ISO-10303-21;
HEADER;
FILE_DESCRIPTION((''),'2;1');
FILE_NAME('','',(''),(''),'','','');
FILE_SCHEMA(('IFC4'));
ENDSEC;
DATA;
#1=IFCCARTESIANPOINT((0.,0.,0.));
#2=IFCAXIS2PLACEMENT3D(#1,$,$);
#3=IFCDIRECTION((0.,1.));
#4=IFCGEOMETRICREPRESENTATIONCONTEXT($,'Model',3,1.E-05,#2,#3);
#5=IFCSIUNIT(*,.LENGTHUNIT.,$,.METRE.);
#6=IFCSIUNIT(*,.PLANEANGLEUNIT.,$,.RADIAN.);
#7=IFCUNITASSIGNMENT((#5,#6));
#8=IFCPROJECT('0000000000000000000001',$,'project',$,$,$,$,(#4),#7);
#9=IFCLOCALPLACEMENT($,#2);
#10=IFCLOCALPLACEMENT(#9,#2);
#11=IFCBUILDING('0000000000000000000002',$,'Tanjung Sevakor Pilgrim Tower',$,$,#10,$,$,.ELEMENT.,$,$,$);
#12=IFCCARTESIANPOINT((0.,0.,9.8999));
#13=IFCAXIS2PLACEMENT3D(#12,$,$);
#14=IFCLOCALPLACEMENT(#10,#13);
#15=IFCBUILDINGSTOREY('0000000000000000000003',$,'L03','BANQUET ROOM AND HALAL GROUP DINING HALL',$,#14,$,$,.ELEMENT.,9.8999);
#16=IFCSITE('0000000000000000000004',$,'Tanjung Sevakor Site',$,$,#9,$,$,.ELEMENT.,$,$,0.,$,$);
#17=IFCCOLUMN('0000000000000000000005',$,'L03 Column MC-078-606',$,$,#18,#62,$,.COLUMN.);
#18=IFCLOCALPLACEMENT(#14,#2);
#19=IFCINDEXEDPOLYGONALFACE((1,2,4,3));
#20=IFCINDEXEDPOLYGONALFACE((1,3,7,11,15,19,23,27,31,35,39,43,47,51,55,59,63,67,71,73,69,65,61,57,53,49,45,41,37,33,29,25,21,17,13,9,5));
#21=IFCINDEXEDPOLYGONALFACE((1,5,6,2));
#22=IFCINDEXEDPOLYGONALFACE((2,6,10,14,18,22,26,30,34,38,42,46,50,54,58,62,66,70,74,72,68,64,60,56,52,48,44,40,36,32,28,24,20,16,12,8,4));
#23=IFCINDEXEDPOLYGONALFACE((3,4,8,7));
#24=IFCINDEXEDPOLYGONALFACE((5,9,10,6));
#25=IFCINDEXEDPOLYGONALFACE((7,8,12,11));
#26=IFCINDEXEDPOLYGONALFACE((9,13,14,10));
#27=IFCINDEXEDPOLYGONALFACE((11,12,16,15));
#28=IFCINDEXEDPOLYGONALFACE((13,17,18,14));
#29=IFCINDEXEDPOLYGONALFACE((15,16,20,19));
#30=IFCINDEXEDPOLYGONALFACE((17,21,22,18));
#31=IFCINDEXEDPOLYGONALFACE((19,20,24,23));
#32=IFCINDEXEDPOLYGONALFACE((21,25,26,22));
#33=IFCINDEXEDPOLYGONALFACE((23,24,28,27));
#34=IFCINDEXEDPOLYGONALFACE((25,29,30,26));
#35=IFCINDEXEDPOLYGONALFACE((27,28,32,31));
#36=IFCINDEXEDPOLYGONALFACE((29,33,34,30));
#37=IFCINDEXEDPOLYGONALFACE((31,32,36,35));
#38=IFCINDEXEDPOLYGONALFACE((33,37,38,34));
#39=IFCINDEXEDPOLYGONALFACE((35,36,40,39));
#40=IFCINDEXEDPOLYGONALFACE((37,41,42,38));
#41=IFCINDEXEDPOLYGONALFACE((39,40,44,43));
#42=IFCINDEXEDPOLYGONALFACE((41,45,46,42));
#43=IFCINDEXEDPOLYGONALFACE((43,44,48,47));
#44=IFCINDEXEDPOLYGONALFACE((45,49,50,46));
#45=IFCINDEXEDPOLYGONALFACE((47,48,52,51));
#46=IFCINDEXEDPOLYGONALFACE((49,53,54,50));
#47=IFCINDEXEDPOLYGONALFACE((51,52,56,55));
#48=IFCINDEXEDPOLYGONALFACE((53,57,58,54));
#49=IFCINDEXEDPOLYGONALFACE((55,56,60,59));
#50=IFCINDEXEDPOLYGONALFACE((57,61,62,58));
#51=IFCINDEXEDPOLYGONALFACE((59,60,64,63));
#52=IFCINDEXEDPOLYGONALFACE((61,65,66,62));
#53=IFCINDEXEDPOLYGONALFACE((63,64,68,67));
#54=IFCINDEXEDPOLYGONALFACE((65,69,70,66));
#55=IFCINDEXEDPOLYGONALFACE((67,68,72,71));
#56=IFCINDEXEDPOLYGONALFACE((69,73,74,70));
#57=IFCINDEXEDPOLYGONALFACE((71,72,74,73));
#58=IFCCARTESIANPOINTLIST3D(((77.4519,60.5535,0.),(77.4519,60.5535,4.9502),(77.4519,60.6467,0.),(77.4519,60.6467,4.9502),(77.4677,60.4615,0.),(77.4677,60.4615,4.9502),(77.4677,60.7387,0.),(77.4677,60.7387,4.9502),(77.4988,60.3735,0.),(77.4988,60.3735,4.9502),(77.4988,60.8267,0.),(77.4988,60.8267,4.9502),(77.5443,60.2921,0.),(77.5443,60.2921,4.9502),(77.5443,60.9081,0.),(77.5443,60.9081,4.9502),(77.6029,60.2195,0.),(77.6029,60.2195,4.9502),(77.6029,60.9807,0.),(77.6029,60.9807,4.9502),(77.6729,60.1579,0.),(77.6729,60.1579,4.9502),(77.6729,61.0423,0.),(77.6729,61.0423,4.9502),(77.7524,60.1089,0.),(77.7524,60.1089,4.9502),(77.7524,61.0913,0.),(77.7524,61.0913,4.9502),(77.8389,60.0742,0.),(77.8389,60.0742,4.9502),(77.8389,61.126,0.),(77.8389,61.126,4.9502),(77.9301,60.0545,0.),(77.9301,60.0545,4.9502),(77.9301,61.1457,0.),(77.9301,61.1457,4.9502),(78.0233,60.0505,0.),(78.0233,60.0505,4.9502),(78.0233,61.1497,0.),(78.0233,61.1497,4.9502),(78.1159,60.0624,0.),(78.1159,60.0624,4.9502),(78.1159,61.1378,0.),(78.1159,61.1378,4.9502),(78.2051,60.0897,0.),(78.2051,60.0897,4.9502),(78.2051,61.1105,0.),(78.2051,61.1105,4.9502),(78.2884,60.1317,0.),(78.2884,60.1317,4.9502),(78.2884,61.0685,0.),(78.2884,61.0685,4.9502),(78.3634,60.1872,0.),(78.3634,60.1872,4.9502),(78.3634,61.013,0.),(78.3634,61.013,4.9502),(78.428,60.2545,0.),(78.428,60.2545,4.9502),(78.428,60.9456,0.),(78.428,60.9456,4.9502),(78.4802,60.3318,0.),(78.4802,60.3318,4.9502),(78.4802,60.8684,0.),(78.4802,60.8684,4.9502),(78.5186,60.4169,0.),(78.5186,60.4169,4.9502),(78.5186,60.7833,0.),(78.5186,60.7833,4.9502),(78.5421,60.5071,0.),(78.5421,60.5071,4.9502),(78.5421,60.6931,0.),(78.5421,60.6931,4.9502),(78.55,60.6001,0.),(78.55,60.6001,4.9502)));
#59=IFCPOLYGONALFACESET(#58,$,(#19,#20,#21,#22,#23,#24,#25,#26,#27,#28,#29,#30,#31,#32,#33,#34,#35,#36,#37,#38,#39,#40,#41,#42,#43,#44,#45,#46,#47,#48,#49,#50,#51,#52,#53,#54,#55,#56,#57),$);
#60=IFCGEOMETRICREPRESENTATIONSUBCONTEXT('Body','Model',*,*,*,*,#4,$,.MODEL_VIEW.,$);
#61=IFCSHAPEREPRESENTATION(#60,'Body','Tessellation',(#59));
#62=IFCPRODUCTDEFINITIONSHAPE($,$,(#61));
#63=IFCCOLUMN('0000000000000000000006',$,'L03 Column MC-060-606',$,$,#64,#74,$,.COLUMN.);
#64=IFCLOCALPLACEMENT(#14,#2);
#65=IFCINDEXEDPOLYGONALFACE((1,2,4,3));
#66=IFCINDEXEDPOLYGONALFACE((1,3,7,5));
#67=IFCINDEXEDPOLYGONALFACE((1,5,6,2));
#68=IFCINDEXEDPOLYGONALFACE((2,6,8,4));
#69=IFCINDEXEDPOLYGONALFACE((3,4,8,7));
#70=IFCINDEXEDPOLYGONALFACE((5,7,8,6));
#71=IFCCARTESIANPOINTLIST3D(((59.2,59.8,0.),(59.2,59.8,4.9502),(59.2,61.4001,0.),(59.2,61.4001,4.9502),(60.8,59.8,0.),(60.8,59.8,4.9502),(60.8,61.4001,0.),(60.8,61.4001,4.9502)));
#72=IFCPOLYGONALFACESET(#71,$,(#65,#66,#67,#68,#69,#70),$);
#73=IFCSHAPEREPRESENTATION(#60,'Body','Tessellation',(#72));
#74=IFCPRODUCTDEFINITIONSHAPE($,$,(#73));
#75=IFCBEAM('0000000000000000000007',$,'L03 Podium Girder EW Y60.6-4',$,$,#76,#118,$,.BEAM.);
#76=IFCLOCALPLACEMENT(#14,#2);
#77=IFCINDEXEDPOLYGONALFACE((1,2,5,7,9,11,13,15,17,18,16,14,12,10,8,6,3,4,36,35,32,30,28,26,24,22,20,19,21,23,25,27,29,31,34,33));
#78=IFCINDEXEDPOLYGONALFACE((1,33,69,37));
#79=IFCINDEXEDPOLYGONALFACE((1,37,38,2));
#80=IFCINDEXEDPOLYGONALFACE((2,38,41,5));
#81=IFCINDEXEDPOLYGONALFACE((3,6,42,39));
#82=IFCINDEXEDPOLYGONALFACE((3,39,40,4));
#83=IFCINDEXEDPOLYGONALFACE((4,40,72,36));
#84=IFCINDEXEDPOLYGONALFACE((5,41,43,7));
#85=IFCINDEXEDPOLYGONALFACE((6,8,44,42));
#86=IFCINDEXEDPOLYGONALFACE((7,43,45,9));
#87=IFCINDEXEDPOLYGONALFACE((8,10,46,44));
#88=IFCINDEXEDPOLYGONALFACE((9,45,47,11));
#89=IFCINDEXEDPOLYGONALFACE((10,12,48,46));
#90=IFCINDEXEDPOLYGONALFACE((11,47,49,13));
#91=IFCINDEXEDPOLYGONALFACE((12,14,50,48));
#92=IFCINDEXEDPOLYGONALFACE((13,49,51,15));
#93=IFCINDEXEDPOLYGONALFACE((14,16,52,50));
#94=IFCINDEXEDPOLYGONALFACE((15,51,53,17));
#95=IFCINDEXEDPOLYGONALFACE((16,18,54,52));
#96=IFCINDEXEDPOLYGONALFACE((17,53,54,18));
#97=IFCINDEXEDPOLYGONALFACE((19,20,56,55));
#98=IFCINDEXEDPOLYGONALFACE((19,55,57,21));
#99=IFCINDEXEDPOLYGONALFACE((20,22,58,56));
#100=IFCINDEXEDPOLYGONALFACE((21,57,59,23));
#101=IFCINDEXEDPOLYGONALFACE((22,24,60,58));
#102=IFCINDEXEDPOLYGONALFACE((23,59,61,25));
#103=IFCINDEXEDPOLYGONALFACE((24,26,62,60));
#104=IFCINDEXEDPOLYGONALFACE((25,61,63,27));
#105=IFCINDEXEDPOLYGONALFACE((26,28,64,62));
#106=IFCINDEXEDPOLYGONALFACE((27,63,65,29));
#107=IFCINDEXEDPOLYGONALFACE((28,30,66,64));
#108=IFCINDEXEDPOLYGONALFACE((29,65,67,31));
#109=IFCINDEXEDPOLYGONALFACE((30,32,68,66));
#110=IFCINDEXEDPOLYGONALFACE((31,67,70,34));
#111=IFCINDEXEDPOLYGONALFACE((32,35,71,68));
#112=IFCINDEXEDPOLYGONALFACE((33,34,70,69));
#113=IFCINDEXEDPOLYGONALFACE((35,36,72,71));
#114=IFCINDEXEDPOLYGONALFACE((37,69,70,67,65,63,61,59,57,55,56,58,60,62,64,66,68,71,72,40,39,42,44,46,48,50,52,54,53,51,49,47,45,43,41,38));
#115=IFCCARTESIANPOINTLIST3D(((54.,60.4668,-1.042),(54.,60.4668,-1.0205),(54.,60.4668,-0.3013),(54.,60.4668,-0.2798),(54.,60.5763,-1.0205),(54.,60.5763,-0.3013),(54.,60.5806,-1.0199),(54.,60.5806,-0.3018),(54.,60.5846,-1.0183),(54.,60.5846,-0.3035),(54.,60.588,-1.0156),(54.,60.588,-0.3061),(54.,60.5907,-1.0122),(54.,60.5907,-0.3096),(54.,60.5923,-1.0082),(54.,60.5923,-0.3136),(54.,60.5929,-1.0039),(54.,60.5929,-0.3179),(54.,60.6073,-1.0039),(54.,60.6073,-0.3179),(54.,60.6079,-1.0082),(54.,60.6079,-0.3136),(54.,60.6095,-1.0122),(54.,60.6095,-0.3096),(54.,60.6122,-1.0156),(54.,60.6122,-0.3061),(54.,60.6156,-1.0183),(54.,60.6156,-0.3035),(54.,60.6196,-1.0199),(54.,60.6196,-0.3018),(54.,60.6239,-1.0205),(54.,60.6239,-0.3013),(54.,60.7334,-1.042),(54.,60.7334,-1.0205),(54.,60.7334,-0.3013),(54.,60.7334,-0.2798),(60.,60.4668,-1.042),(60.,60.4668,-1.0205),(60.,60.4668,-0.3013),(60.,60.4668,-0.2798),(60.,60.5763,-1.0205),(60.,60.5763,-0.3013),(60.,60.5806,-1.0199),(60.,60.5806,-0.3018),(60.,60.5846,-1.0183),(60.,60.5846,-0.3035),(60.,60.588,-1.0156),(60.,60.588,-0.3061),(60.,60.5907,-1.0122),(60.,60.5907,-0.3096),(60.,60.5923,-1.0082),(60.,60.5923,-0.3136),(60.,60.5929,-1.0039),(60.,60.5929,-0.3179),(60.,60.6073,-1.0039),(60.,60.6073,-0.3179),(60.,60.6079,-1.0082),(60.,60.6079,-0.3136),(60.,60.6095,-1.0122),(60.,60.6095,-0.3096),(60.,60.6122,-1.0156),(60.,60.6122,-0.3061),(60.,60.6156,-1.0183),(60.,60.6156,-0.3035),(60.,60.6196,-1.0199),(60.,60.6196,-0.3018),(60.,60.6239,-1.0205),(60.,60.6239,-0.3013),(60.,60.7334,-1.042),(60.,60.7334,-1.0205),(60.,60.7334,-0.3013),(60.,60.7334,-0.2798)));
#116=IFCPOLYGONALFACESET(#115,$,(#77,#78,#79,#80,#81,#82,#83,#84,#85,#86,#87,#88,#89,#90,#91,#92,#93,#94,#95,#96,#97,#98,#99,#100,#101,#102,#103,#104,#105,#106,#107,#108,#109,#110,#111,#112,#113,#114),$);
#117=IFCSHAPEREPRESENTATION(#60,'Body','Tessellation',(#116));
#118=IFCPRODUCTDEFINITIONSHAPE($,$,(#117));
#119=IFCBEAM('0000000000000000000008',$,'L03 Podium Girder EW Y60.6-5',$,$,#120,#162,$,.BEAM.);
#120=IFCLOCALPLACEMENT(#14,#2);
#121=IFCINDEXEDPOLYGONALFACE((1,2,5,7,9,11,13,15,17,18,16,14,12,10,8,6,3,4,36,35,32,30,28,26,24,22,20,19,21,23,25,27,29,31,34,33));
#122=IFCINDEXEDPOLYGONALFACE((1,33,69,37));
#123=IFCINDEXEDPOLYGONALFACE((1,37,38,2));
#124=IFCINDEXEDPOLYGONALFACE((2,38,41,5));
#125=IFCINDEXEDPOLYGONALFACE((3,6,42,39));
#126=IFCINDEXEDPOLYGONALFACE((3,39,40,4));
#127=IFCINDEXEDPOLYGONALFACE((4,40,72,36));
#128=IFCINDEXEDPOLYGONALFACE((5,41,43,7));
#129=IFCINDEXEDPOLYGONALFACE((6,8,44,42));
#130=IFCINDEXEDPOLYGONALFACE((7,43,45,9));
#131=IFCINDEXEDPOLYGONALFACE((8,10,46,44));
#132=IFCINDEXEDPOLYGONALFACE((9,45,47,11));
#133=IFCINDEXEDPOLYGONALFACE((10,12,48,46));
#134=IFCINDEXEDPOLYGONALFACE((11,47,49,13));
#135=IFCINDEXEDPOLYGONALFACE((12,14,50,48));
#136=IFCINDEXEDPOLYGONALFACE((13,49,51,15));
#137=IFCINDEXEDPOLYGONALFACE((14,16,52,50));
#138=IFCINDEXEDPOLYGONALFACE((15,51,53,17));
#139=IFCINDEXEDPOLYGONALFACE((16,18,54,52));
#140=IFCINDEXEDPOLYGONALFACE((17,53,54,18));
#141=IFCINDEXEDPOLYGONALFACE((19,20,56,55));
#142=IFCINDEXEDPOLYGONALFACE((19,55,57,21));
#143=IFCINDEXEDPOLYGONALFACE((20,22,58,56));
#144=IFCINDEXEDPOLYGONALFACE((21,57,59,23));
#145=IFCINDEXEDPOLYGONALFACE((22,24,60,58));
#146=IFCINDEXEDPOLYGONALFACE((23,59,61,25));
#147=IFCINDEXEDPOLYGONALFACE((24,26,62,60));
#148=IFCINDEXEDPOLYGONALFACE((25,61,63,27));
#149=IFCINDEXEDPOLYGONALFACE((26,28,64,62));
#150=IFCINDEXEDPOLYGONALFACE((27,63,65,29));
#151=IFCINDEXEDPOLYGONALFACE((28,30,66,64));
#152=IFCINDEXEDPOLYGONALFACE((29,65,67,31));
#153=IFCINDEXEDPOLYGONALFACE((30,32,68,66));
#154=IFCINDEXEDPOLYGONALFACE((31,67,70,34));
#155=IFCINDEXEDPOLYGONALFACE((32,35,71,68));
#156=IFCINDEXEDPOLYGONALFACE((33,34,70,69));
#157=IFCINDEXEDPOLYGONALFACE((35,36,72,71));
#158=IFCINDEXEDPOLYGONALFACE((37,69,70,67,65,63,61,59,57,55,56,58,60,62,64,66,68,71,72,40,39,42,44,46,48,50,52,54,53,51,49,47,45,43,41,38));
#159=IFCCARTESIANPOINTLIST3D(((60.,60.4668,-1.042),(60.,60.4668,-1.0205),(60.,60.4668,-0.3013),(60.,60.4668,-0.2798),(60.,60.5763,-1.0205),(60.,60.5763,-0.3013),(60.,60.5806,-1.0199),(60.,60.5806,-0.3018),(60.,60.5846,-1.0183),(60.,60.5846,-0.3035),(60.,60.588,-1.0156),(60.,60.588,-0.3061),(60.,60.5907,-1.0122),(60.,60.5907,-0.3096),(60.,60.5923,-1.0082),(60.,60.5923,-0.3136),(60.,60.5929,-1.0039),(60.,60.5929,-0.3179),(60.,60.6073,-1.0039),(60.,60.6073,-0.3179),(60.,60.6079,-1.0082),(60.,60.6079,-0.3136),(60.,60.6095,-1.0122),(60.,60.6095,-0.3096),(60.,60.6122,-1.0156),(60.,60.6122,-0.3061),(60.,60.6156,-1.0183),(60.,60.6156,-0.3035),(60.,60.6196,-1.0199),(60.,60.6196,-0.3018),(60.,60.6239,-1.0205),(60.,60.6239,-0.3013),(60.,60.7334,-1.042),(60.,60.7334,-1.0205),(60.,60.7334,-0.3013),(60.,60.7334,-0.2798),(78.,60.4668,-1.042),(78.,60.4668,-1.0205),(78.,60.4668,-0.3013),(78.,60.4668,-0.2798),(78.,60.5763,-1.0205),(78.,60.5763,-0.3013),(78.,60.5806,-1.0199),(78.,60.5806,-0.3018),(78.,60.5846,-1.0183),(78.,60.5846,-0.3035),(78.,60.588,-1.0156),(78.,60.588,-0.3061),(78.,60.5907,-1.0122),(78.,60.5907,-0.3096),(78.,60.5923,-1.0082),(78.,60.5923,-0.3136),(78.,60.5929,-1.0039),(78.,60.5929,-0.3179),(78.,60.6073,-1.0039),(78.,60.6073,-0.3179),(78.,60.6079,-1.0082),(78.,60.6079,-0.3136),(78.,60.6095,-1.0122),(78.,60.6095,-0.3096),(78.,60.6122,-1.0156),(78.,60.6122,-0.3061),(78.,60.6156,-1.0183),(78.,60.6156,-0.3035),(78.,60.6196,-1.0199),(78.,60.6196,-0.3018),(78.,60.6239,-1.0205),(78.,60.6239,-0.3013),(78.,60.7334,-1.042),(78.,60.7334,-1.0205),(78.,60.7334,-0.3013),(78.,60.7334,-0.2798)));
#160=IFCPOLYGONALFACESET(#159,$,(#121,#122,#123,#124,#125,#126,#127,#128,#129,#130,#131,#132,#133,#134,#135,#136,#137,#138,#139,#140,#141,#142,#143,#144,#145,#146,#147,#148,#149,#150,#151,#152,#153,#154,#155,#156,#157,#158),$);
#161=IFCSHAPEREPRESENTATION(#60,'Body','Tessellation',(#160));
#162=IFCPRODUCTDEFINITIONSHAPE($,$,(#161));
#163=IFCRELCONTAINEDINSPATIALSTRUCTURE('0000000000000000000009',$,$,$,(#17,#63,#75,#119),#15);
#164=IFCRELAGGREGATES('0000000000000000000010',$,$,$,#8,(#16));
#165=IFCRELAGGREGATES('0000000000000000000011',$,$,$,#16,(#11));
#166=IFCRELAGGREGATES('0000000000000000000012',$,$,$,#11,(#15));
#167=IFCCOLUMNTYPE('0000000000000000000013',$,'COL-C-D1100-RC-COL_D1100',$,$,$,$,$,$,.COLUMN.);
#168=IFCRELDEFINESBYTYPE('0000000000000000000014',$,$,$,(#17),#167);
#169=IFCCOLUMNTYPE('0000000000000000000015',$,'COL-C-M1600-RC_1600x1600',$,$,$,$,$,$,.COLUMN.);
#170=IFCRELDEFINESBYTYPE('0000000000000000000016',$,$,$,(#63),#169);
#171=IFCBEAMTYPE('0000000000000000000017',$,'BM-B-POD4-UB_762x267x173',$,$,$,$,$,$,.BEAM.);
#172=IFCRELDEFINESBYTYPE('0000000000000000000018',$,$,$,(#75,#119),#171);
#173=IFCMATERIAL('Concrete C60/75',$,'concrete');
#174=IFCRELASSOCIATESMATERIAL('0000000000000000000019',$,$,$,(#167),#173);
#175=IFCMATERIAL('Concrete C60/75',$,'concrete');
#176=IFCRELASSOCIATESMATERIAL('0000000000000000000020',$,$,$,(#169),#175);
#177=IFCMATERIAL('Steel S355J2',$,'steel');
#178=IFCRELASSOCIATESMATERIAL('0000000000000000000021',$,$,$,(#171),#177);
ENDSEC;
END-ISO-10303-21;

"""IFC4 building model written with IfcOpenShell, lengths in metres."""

from ifc_helpers import new_model, si_unit, direction, frame, origin, origin_2d, place, context, subcontext, project, spatial, rectangle, circle, i_section, extrude, material, material_profile, profile_set, type_object, element, save


model = new_model("IFC4")

# Units and contexts
model_context = context("Model", 3, precision=1e-05, world=origin(), true_north=direction((0.0, 1.0)))
body_context = subcontext(model_context, "Body", "Model", "MODEL_VIEW")
ifc_project = project(units=[si_unit("LENGTHUNIT", "METRE"), si_unit("PLANEANGLEUNIT", "RADIAN")], contexts=[model_context])

# Site, building, storey
site_placement = place(None, origin())
site = spatial("IfcSite", under=ifc_project, at=site_placement, Name="Tanjung Sevakor Site", CompositionType="ELEMENT", RefElevation=0.0)
building_placement = place(site_placement, origin())
building = spatial("IfcBuilding", under=site, at=building_placement, Name="Tanjung Sevakor Pilgrim Tower", CompositionType="ELEMENT")
storey_placement = place(building_placement, frame((0.0, 0.0, 9.8999)))
storey = spatial("IfcBuildingStorey", under=building, at=storey_placement, Name="L03", Description="BANQUET ROOM AND HALAL GROUP DINING HALL", CompositionType="ELEMENT", Elevation=9.8999)

# Columns
ifc_material_1 = material(Name="Concrete C60/75", Category="concrete")
ifc_material_profile_1 = material_profile(ifc_material_1, circle(Radius=0.55, at=origin_2d()))
ifc_profile_set_1 = profile_set([ifc_material_profile_1], Name="Concrete C60/75")
column_type_1 = type_object("IfcColumnType", Name="COL-C-D1100-RC-COL_D1100", PredefinedType="COLUMN", material=ifc_profile_set_1)
column_1_placement = place(storey_placement, frame((78.0, 60.6001, 0.0), z_axis=(0.0, 0.0, 1.0), x_axis=(1.0, 0.0, 0.0)))
element("IfcColumn", 1, at=column_1_placement, inside=storey, type_object=column_type_1, Name="L03 Column MC-078-606", PredefinedType="COLUMN", context=body_context, shape_type="SweptSolid", body=[
    extrude(circle(Radius=0.55, at=origin_2d()), origin(), (0.0, 0.0, 1.0), 4.9502),
])
ifc_material_2 = material(Name="Concrete C60/75", Category="concrete")
ifc_material_profile_2 = material_profile(ifc_material_2, rectangle(XDim=1.6001, YDim=1.6001, at=origin_2d()))
ifc_profile_set_2 = profile_set([ifc_material_profile_2], Name="Concrete C60/75")
column_type_2 = type_object("IfcColumnType", Name="COL-C-M1600-RC_1600x1600", PredefinedType="COLUMN", material=ifc_profile_set_2)
column_2_placement = place(storey_placement, frame((60.0, 60.6001, 0.0), z_axis=(0.0, 0.0, 1.0), x_axis=(1.0, 0.0, 0.0)))
element("IfcColumn", 2, at=column_2_placement, inside=storey, type_object=column_type_2, Name="L03 Column MC-060-606", PredefinedType="COLUMN", context=body_context, shape_type="SweptSolid", body=[
    extrude(rectangle(XDim=1.6001, YDim=1.6001, at=origin_2d()), origin(), (0.0, 0.0, 1.0), 4.9502),
])

# Beams
ifc_material_3 = material(Name="Steel S355J2", Category="steel")
ifc_material_profile_3 = material_profile(ifc_material_3, i_section(OverallWidth=0.2666, OverallDepth=0.7622, WebThickness=0.0144, FlangeThickness=0.0215, FilletRadius=0.0166, at=origin_2d()))
ifc_profile_set_3 = profile_set([ifc_material_profile_3], Name="Steel S355J2")
beam_type = type_object("IfcBeamType", Name="BM-B-POD4-UB_762x267x173", PredefinedType="BEAM", material=ifc_profile_set_3)
beam_1_placement = place(storey_placement, frame((54.0, 60.6001, -0.6609), z_axis=(1.0, 0.0, 0.0), x_axis=(0.0, 1.0, 0.0)))
element("IfcBeam", 3, at=beam_1_placement, inside=storey, type_object=beam_type, Name="L03 Podium Girder EW Y60.6-4", PredefinedType="BEAM", context=body_context, shape_type="SweptSolid", body=[
    extrude(i_section(OverallWidth=0.2666, OverallDepth=0.7622, WebThickness=0.0144, FlangeThickness=0.0215, FilletRadius=0.0166, at=origin_2d()), origin(), (0.0, 0.0, 1.0), 6.0),
])
beam_2_placement = place(storey_placement, frame((60.0, 60.6001, -0.6609), z_axis=(1.0, 0.0, 0.0), x_axis=(0.0, 1.0, 0.0)))
element("IfcBeam", 4, at=beam_2_placement, inside=storey, type_object=beam_type, Name="L03 Podium Girder EW Y60.6-5", PredefinedType="BEAM", context=body_context, shape_type="SweptSolid", body=[
    extrude(i_section(OverallWidth=0.2666, OverallDepth=0.7622, WebThickness=0.0144, FlangeThickness=0.0215, FilletRadius=0.0166, at=origin_2d()), origin(), (0.0, 0.0, 1.0), 18.0),
])

save(model, "model.ifc")
